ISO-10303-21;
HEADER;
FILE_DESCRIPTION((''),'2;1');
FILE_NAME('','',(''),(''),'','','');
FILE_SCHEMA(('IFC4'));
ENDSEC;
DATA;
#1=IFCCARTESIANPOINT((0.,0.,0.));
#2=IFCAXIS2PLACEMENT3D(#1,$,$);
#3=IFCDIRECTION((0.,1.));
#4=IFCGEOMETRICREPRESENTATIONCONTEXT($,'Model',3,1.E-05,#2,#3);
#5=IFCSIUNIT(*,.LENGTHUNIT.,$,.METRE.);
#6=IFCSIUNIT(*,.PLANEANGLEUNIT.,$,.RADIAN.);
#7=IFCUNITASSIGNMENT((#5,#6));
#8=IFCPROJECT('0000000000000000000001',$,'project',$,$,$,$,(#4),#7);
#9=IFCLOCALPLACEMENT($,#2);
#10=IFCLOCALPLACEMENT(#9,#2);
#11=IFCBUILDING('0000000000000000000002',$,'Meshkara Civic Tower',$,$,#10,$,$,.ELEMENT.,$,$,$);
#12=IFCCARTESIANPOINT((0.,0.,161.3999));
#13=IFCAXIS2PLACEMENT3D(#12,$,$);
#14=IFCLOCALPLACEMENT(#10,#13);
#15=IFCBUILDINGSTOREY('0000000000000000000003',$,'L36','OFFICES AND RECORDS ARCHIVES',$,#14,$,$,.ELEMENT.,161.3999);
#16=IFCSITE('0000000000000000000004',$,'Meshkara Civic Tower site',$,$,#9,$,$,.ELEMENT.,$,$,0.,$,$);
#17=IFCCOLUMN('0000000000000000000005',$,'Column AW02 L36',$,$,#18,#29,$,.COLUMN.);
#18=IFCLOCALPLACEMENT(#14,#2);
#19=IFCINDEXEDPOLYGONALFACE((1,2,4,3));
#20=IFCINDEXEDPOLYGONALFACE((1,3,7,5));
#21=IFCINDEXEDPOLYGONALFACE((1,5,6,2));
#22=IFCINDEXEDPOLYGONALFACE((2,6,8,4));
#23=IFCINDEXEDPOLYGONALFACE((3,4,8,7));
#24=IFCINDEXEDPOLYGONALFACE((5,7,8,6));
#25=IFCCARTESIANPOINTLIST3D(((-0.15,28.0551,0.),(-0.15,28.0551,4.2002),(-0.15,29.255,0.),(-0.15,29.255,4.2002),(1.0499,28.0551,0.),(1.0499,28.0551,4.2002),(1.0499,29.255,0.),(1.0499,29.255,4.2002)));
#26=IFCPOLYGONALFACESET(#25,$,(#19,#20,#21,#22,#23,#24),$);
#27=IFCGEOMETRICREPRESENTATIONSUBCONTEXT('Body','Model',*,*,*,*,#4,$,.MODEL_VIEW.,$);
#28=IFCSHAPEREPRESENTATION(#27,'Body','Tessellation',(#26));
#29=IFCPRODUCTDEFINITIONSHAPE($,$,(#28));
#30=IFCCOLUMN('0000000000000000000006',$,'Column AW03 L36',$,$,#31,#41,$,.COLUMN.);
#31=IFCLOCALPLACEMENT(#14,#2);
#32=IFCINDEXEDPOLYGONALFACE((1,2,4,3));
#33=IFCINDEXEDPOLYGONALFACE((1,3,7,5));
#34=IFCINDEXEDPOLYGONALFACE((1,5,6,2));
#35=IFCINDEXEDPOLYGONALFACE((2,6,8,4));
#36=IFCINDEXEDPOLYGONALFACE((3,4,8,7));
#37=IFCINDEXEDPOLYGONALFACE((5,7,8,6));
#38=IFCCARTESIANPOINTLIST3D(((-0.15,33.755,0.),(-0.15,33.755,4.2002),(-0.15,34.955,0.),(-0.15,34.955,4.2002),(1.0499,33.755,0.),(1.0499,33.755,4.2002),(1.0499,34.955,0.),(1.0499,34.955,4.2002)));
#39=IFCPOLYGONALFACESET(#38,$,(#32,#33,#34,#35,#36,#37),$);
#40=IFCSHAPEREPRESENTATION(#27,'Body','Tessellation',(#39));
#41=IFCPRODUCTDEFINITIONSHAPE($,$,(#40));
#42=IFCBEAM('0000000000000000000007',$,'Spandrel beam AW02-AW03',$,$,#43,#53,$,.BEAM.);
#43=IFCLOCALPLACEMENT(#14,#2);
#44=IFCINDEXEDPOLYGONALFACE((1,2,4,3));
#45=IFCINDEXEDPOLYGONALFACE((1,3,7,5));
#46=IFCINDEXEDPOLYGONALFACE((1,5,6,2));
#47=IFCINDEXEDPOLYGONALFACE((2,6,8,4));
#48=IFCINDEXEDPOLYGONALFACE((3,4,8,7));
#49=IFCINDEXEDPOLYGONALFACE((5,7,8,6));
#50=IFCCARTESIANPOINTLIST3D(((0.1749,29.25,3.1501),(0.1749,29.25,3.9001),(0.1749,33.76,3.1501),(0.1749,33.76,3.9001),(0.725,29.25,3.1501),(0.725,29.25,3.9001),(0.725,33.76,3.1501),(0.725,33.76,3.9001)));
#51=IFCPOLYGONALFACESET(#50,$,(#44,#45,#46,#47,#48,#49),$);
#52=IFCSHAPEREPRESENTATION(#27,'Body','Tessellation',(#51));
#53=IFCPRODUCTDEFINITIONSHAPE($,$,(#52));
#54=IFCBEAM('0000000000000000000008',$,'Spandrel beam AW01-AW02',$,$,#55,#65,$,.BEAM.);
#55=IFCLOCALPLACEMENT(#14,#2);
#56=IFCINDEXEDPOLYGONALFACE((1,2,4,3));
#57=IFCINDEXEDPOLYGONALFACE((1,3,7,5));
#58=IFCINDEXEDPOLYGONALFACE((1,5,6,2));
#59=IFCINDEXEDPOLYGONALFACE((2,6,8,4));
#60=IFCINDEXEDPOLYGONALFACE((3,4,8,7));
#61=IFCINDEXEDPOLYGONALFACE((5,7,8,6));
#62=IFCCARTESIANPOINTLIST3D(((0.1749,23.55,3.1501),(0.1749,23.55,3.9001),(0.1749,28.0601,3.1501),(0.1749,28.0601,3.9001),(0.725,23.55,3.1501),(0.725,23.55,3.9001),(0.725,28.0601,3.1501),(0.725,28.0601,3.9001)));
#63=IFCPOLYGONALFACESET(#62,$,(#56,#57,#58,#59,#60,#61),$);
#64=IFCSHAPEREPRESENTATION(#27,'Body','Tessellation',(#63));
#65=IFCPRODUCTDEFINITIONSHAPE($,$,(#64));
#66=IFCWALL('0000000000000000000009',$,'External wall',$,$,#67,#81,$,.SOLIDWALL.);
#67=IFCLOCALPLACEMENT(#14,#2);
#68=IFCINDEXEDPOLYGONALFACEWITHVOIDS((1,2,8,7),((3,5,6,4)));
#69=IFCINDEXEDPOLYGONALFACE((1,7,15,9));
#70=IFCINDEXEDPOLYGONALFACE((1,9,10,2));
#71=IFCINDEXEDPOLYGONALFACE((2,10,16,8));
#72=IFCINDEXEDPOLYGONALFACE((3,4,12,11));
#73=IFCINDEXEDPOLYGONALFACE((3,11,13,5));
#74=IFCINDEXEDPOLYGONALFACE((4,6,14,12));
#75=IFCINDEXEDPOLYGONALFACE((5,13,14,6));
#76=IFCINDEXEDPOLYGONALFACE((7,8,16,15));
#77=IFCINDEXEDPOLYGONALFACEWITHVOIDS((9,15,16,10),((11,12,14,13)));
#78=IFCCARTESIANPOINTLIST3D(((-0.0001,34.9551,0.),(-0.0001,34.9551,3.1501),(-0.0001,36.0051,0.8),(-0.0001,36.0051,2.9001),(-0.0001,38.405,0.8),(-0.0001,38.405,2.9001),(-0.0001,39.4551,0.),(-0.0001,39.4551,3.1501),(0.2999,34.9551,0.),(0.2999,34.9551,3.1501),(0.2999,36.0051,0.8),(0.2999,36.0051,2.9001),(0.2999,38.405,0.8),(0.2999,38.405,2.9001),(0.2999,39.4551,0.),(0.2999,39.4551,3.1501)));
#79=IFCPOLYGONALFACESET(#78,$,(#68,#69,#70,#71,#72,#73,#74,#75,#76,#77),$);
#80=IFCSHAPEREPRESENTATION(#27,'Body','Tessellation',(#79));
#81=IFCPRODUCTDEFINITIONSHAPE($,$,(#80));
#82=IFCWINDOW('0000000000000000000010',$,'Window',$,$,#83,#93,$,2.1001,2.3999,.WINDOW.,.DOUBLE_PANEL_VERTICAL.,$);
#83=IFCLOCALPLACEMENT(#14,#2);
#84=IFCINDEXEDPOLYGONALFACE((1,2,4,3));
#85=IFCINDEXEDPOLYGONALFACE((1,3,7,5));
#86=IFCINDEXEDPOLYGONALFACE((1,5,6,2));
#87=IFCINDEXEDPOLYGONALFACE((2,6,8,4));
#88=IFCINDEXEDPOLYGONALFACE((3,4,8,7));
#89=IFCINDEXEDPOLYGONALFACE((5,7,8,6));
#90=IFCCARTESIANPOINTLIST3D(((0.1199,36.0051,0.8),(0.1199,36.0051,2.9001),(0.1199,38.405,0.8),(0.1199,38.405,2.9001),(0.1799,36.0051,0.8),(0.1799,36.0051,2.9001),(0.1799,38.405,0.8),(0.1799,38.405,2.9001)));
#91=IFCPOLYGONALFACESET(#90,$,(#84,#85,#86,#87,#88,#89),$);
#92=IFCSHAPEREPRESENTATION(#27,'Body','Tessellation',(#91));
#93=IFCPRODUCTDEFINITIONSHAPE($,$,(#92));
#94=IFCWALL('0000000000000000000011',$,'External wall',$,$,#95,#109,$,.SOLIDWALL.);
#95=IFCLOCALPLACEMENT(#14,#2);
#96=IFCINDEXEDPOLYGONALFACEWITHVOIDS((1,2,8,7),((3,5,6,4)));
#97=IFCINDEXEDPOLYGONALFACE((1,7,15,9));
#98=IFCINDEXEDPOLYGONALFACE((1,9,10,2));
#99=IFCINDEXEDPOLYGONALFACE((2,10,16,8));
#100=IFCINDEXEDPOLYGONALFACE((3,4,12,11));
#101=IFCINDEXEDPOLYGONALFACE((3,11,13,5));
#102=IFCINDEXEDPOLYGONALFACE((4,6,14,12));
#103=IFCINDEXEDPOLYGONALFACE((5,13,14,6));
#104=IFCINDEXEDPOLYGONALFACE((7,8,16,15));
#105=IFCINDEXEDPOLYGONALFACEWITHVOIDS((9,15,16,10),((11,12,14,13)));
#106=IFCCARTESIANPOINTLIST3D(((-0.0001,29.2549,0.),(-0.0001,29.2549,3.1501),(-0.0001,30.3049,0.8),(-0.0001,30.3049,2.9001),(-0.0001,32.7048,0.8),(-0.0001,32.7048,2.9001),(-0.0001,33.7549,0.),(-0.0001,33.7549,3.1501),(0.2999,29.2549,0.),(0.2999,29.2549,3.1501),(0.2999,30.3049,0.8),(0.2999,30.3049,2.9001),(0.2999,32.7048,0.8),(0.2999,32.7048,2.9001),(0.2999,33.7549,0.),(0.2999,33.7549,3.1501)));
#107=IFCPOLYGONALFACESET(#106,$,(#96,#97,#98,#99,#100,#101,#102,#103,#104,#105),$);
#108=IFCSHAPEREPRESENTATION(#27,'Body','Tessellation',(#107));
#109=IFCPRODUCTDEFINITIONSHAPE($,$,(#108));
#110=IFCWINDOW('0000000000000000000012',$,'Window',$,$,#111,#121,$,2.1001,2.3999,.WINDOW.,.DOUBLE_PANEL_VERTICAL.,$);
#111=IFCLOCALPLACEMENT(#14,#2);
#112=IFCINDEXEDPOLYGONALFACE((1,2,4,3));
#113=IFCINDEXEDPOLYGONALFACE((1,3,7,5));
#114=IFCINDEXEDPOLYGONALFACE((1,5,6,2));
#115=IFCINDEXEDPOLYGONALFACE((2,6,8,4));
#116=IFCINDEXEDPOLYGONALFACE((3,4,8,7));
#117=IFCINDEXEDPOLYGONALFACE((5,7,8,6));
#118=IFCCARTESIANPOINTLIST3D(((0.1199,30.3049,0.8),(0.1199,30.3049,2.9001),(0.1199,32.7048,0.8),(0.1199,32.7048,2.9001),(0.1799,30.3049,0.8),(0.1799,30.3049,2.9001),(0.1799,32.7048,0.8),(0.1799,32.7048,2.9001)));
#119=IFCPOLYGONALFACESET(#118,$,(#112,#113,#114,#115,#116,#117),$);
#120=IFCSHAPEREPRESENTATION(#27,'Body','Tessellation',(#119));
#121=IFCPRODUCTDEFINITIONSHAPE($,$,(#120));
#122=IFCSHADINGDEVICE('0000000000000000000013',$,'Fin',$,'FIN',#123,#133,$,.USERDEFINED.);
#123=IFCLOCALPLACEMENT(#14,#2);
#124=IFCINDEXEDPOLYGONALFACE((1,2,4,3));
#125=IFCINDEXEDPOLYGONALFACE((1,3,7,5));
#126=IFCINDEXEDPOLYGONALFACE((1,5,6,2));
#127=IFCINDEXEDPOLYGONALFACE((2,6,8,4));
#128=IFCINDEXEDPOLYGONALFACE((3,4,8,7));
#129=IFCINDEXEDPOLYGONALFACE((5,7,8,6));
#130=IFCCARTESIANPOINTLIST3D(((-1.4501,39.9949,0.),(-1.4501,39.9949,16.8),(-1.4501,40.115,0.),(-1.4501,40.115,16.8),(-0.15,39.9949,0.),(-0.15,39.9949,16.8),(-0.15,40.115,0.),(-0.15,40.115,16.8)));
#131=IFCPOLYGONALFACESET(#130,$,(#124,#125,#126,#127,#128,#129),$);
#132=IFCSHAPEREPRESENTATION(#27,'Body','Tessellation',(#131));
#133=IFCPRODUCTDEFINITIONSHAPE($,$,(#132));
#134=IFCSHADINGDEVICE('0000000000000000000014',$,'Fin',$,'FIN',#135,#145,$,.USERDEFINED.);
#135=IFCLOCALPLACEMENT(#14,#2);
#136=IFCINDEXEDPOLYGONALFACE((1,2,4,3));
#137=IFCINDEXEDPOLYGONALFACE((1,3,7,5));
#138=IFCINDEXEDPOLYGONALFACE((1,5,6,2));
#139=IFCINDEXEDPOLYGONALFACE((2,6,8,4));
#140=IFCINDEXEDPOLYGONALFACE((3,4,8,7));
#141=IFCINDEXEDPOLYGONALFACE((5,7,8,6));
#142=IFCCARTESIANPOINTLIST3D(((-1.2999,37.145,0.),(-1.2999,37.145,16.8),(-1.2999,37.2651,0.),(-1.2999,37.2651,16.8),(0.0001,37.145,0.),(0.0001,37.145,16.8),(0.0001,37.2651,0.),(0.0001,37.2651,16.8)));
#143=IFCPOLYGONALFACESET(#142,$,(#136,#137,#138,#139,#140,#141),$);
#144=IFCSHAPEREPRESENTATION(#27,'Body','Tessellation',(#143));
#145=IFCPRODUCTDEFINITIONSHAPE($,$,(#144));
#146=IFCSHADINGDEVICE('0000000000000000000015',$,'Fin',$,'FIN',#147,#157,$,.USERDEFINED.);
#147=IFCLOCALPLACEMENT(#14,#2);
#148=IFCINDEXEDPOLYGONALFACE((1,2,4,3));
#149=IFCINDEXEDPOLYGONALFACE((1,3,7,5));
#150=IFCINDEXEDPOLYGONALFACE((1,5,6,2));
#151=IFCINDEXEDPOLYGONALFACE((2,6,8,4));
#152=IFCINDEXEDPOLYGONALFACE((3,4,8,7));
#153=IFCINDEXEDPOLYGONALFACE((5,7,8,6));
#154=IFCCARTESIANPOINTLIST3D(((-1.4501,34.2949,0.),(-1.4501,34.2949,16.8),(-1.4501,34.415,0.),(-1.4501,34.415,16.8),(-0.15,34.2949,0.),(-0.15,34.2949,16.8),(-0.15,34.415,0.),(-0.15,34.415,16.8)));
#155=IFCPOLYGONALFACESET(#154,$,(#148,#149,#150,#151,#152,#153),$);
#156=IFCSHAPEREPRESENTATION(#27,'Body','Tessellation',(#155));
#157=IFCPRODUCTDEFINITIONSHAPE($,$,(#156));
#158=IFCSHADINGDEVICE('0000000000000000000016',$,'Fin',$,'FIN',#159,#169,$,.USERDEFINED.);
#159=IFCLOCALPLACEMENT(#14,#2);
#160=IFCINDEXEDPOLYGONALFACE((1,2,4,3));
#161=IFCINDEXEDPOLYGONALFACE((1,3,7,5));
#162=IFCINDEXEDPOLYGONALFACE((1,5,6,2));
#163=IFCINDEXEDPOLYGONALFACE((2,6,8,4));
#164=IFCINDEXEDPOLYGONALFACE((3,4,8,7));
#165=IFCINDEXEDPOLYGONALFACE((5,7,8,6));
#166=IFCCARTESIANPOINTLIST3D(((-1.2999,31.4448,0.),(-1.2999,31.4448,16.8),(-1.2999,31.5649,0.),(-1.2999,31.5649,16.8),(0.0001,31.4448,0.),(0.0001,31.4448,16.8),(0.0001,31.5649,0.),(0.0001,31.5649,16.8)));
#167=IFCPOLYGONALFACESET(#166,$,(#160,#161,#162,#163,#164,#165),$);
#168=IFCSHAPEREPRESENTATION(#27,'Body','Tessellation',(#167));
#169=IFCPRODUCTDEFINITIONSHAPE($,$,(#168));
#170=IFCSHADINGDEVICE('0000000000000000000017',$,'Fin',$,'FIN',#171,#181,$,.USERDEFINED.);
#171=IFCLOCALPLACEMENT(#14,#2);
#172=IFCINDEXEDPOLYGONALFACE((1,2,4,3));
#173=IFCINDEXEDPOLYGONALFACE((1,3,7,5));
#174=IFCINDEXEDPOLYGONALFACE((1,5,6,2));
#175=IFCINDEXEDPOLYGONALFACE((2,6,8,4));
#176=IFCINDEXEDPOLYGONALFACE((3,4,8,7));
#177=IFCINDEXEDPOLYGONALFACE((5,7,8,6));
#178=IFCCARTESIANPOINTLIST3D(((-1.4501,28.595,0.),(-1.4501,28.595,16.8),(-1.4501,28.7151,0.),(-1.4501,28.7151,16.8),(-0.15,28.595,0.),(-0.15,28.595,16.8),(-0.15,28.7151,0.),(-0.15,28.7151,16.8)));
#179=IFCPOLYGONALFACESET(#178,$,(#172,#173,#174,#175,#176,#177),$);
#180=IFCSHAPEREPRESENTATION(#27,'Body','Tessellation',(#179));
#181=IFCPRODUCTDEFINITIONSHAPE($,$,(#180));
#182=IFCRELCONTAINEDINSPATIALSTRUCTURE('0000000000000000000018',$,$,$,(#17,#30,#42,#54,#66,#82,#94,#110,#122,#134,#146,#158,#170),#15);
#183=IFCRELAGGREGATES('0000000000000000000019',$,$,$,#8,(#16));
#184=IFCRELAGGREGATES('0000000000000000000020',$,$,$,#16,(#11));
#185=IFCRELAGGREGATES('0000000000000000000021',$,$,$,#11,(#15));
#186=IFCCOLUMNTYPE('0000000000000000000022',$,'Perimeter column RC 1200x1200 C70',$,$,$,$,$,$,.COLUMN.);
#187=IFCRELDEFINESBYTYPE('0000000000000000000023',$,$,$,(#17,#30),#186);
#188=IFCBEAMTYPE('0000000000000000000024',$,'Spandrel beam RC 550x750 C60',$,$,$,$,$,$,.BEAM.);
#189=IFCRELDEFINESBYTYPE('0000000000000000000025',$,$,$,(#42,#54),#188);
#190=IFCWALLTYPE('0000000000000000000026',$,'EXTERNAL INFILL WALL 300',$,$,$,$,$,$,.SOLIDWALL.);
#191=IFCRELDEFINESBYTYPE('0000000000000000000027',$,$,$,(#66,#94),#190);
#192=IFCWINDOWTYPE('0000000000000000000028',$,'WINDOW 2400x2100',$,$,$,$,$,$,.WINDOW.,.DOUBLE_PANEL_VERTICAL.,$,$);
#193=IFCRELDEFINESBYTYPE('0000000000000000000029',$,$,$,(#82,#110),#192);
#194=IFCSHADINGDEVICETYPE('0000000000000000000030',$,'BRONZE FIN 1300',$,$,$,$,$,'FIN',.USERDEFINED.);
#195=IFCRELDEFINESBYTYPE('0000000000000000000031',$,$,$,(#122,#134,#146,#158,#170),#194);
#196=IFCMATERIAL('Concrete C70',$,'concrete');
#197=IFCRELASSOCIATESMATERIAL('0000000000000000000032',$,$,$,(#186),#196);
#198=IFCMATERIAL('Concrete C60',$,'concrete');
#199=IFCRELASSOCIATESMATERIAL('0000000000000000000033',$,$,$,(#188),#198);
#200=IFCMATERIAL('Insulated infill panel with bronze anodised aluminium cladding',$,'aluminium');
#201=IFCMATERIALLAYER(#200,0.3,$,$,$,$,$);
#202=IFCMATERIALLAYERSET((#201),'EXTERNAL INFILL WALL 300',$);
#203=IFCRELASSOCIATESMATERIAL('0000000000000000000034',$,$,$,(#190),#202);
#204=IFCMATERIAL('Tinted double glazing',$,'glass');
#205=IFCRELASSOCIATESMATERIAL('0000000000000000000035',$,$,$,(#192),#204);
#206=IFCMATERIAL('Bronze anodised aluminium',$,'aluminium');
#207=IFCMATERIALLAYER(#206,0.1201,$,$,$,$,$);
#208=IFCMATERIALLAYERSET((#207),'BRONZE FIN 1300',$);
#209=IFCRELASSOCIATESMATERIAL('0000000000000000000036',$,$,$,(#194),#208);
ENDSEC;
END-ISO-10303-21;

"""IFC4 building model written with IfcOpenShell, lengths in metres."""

from ifc_helpers import new_model, si_unit, direction, frame, frame_2d, origin, origin_2d, place, context, subcontext, project, spatial, rectangle, extrude, material, layer, layer_set, material_profile, profile_set, type_object, element, fill, save


model = new_model("IFC4")

# Units and contexts
model_context = context("Model", 3, precision=1e-05, world=origin(), true_north=direction((0.0, 1.0)))
body_context = subcontext(model_context, "Body", "Model", "MODEL_VIEW")
ifc_project = project(units=[si_unit("LENGTHUNIT", "METRE"), si_unit("PLANEANGLEUNIT", "RADIAN")], contexts=[model_context])

# Site, building, storey
site_placement = place(None, origin())
site = spatial("IfcSite", under=ifc_project, at=site_placement, Name="Meshkara Civic Tower site", CompositionType="ELEMENT", RefElevation=0.0)
building_placement = place(site_placement, origin())
building = spatial("IfcBuilding", under=site, at=building_placement, Name="Meshkara Civic Tower", CompositionType="ELEMENT")
storey_placement = place(building_placement, frame((0.0, 0.0, 161.3999)))
storey = spatial("IfcBuildingStorey", under=building, at=storey_placement, Name="L36", Description="OFFICES AND RECORDS ARCHIVES", CompositionType="ELEMENT", Elevation=161.3999)

# Columns
ifc_material_1 = material(Name="Concrete C70", Category="concrete")
ifc_material_profile_1 = material_profile(ifc_material_1, rectangle(XDim=1.2, YDim=1.2, at=origin_2d()))
ifc_profile_set_1 = profile_set([ifc_material_profile_1], Name="Concrete C70")
column_type = type_object("IfcColumnType", Name="Perimeter column RC 1200x1200 C70", PredefinedType="COLUMN", material=ifc_profile_set_1)
for number, where, z_axis, x_axis, name in (
    (1, (0.45, 28.655, 0.0), (0.0, 0.0, 1.0), (1.0, 0.0, 0.0), "Column AW02 L36"),
    (2, (0.45, 34.355, 0.0), (0.0, 0.0, 1.0), (1.0, 0.0, 0.0), "Column AW03 L36"),
):
    element("IfcColumn", number, at=place(storey_placement, frame(where, z_axis=z_axis, x_axis=x_axis)), inside=storey, type_object=column_type, Name=name, PredefinedType="COLUMN", context=body_context, shape_type="SweptSolid", body=[
        extrude(rectangle(XDim=1.2, YDim=1.2, at=origin_2d()), origin(), (0.0, 0.0, 1.0), 4.2002),
    ])

# Beams
ifc_material_2 = material(Name="Concrete C60", Category="concrete")
ifc_material_profile_2 = material_profile(ifc_material_2, rectangle(XDim=0.55, YDim=0.75, at=origin_2d()))
ifc_profile_set_2 = profile_set([ifc_material_profile_2], Name="Concrete C60")
beam_type = type_object("IfcBeamType", Name="Spandrel beam RC 550x750 C60", PredefinedType="BEAM", material=ifc_profile_set_2)
for number, where, z_axis, x_axis, name in (
    (3, (0.45, 33.76, 3.5251), (0.0, -1.0, 0.0), (1.0, 0.0, 0.0), "Spandrel beam AW02-AW03"),
    (4, (0.45, 28.0601, 3.5251), (0.0, -1.0, 0.0), (1.0, 0.0, 0.0), "Spandrel beam AW01-AW02"),
):
    element("IfcBeam", number, at=place(storey_placement, frame(where, z_axis=z_axis, x_axis=x_axis)), inside=storey, type_object=beam_type, Name=name, PredefinedType="BEAM", context=body_context, shape_type="SweptSolid", body=[
        extrude(rectangle(XDim=0.55, YDim=0.75, at=origin_2d()), origin(), (0.0, 0.0, 1.0), 4.51),
    ])

# Walls, openings, windows
ifc_material_3 = material(Name="Insulated infill panel with bronze anodised aluminium cladding", Category="aluminium")
ifc_layer_1 = layer(ifc_material_3, 0.3)
ifc_layer_set_1 = layer_set([ifc_layer_1], Name="EXTERNAL INFILL WALL 300")
wall_type = type_object("IfcWallType", Name="EXTERNAL INFILL WALL 300", PredefinedType="SOLIDWALL", material=ifc_layer_set_1)
wall_1_placement = place(storey_placement, frame((0.1499, 39.4551, 0.0), z_axis=(0.0, 0.0, 1.0), x_axis=(0.0, -1.0, 0.0)))
wall_1 = element("IfcWall", 5, at=wall_1_placement, inside=storey, type_object=wall_type, Name="External wall", PredefinedType="SOLIDWALL", context=body_context, shape_type="SweptSolid", body=[
    extrude(rectangle(XDim=4.5, YDim=0.3, at=frame_2d((2.25, 0.0))), origin(), (0.0, 0.0, 1.0), 3.1501),
])
opening_1_placement = place(wall_1_placement, frame((1.05, 0.0, 0.8)))
opening_1 = element("IfcOpeningElement", 6, at=opening_1_placement, cuts=wall_1, PredefinedType="OPENING", context=body_context, shape_type="SweptSolid", body=[
    extrude(rectangle(XDim=2.3999, YDim=2.1001, at=frame_2d((1.2, 1.05))), frame((0.0, 0.1599, 0.0), z_axis=(0.0, -1.0, 0.0), x_axis=(1.0, 0.0, 0.0)), (0.0, 0.0, 1.0), 0.3201),
])
ifc_material_4 = material(Name="Tinted double glazing", Category="glass")
window_type = type_object("IfcWindowType", Name="WINDOW 2400x2100", PartitioningType="DOUBLE_PANEL_VERTICAL", PredefinedType="WINDOW", material=ifc_material_4)
window_1_placement = place(opening_1_placement, origin())
window_1 = element("IfcWindow", 7, at=window_1_placement, inside=storey, type_object=window_type, Name="Window", OverallHeight=2.1001, OverallWidth=2.3999, PartitioningType="DOUBLE_PANEL_VERTICAL", PredefinedType="WINDOW", context=body_context, shape_type="SweptSolid", body=[
    extrude(rectangle(XDim=2.3999, YDim=2.1001, at=frame_2d((1.2, 1.05))), frame((0.0, 0.03, 0.0), z_axis=(0.0, -1.0, 0.0), x_axis=(1.0, 0.0, 0.0)), (0.0, 0.0, 1.0), 0.0601),
])
fill(opening_1, window_1)
wall_2_placement = place(storey_placement, frame((0.1499, 33.7549, 0.0), z_axis=(0.0, 0.0, 1.0), x_axis=(0.0, -1.0, 0.0)))
wall_2 = element("IfcWall", 8, at=wall_2_placement, inside=storey, type_object=wall_type, Name="External wall", PredefinedType="SOLIDWALL", context=body_context, shape_type="SweptSolid", body=[
    extrude(rectangle(XDim=4.5, YDim=0.3, at=frame_2d((2.25, 0.0))), origin(), (0.0, 0.0, 1.0), 3.1501),
])
opening_2_placement = place(wall_2_placement, frame((1.05, 0.0, 0.8)))
opening_2 = element("IfcOpeningElement", 9, at=opening_2_placement, cuts=wall_2, PredefinedType="OPENING", context=body_context, shape_type="SweptSolid", body=[
    extrude(rectangle(XDim=2.3999, YDim=2.1001, at=frame_2d((1.2, 1.05))), frame((0.0, 0.1599, 0.0), z_axis=(0.0, -1.0, 0.0), x_axis=(1.0, 0.0, 0.0)), (0.0, 0.0, 1.0), 0.3201),
])
window_2_placement = place(opening_2_placement, origin())
window_2 = element("IfcWindow", 10, at=window_2_placement, inside=storey, type_object=window_type, Name="Window", OverallHeight=2.1001, OverallWidth=2.3999, PartitioningType="DOUBLE_PANEL_VERTICAL", PredefinedType="WINDOW", context=body_context, shape_type="SweptSolid", body=[
    extrude(rectangle(XDim=2.3999, YDim=2.1001, at=frame_2d((1.2, 1.05))), frame((0.0, 0.03, 0.0), z_axis=(0.0, -1.0, 0.0), x_axis=(1.0, 0.0, 0.0)), (0.0, 0.0, 1.0), 0.0601),
])
fill(opening_2, window_2)

# Shading devices
ifc_material_5 = material(Name="Bronze anodised aluminium", Category="aluminium")
ifc_layer_2 = layer(ifc_material_5, 0.1201)
ifc_layer_set_2 = layer_set([ifc_layer_2], Name="BRONZE FIN 1300")
shading_device_type = type_object("IfcShadingDeviceType", Name="BRONZE FIN 1300", ElementType="FIN", PredefinedType="USERDEFINED", material=ifc_layer_set_2)
for number, where, z_axis, x_axis, name in (
    (11, (-0.8, 40.0549, 0.0), (0.0, 0.0, 1.0), (0.0, -1.0, 0.0), "Fin"),
    (12, (-0.6499, 37.2051, 0.0), (0.0, 0.0, 1.0), (0.0, -1.0, 0.0), "Fin"),
    (13, (-0.8, 34.355, 0.0), (0.0, 0.0, 1.0), (0.0, -1.0, 0.0), "Fin"),
    (14, (-0.6499, 31.5049, 0.0), (0.0, 0.0, 1.0), (0.0, -1.0, 0.0), "Fin"),
    (15, (-0.8, 28.655, 0.0), (0.0, 0.0, 1.0), (0.0, -1.0, 0.0), "Fin"),
):
    element("IfcShadingDevice", number, at=place(storey_placement, frame(where, z_axis=z_axis, x_axis=x_axis)), inside=storey, type_object=shading_device_type, Name=name, ObjectType="FIN", PredefinedType="USERDEFINED", context=body_context, shape_type="SweptSolid", body=[
        extrude(rectangle(XDim=0.1201, YDim=1.3, at=origin_2d()), origin(), (0.0, 0.0, 1.0), 16.8),
    ])

save(model, "model.ifc")
